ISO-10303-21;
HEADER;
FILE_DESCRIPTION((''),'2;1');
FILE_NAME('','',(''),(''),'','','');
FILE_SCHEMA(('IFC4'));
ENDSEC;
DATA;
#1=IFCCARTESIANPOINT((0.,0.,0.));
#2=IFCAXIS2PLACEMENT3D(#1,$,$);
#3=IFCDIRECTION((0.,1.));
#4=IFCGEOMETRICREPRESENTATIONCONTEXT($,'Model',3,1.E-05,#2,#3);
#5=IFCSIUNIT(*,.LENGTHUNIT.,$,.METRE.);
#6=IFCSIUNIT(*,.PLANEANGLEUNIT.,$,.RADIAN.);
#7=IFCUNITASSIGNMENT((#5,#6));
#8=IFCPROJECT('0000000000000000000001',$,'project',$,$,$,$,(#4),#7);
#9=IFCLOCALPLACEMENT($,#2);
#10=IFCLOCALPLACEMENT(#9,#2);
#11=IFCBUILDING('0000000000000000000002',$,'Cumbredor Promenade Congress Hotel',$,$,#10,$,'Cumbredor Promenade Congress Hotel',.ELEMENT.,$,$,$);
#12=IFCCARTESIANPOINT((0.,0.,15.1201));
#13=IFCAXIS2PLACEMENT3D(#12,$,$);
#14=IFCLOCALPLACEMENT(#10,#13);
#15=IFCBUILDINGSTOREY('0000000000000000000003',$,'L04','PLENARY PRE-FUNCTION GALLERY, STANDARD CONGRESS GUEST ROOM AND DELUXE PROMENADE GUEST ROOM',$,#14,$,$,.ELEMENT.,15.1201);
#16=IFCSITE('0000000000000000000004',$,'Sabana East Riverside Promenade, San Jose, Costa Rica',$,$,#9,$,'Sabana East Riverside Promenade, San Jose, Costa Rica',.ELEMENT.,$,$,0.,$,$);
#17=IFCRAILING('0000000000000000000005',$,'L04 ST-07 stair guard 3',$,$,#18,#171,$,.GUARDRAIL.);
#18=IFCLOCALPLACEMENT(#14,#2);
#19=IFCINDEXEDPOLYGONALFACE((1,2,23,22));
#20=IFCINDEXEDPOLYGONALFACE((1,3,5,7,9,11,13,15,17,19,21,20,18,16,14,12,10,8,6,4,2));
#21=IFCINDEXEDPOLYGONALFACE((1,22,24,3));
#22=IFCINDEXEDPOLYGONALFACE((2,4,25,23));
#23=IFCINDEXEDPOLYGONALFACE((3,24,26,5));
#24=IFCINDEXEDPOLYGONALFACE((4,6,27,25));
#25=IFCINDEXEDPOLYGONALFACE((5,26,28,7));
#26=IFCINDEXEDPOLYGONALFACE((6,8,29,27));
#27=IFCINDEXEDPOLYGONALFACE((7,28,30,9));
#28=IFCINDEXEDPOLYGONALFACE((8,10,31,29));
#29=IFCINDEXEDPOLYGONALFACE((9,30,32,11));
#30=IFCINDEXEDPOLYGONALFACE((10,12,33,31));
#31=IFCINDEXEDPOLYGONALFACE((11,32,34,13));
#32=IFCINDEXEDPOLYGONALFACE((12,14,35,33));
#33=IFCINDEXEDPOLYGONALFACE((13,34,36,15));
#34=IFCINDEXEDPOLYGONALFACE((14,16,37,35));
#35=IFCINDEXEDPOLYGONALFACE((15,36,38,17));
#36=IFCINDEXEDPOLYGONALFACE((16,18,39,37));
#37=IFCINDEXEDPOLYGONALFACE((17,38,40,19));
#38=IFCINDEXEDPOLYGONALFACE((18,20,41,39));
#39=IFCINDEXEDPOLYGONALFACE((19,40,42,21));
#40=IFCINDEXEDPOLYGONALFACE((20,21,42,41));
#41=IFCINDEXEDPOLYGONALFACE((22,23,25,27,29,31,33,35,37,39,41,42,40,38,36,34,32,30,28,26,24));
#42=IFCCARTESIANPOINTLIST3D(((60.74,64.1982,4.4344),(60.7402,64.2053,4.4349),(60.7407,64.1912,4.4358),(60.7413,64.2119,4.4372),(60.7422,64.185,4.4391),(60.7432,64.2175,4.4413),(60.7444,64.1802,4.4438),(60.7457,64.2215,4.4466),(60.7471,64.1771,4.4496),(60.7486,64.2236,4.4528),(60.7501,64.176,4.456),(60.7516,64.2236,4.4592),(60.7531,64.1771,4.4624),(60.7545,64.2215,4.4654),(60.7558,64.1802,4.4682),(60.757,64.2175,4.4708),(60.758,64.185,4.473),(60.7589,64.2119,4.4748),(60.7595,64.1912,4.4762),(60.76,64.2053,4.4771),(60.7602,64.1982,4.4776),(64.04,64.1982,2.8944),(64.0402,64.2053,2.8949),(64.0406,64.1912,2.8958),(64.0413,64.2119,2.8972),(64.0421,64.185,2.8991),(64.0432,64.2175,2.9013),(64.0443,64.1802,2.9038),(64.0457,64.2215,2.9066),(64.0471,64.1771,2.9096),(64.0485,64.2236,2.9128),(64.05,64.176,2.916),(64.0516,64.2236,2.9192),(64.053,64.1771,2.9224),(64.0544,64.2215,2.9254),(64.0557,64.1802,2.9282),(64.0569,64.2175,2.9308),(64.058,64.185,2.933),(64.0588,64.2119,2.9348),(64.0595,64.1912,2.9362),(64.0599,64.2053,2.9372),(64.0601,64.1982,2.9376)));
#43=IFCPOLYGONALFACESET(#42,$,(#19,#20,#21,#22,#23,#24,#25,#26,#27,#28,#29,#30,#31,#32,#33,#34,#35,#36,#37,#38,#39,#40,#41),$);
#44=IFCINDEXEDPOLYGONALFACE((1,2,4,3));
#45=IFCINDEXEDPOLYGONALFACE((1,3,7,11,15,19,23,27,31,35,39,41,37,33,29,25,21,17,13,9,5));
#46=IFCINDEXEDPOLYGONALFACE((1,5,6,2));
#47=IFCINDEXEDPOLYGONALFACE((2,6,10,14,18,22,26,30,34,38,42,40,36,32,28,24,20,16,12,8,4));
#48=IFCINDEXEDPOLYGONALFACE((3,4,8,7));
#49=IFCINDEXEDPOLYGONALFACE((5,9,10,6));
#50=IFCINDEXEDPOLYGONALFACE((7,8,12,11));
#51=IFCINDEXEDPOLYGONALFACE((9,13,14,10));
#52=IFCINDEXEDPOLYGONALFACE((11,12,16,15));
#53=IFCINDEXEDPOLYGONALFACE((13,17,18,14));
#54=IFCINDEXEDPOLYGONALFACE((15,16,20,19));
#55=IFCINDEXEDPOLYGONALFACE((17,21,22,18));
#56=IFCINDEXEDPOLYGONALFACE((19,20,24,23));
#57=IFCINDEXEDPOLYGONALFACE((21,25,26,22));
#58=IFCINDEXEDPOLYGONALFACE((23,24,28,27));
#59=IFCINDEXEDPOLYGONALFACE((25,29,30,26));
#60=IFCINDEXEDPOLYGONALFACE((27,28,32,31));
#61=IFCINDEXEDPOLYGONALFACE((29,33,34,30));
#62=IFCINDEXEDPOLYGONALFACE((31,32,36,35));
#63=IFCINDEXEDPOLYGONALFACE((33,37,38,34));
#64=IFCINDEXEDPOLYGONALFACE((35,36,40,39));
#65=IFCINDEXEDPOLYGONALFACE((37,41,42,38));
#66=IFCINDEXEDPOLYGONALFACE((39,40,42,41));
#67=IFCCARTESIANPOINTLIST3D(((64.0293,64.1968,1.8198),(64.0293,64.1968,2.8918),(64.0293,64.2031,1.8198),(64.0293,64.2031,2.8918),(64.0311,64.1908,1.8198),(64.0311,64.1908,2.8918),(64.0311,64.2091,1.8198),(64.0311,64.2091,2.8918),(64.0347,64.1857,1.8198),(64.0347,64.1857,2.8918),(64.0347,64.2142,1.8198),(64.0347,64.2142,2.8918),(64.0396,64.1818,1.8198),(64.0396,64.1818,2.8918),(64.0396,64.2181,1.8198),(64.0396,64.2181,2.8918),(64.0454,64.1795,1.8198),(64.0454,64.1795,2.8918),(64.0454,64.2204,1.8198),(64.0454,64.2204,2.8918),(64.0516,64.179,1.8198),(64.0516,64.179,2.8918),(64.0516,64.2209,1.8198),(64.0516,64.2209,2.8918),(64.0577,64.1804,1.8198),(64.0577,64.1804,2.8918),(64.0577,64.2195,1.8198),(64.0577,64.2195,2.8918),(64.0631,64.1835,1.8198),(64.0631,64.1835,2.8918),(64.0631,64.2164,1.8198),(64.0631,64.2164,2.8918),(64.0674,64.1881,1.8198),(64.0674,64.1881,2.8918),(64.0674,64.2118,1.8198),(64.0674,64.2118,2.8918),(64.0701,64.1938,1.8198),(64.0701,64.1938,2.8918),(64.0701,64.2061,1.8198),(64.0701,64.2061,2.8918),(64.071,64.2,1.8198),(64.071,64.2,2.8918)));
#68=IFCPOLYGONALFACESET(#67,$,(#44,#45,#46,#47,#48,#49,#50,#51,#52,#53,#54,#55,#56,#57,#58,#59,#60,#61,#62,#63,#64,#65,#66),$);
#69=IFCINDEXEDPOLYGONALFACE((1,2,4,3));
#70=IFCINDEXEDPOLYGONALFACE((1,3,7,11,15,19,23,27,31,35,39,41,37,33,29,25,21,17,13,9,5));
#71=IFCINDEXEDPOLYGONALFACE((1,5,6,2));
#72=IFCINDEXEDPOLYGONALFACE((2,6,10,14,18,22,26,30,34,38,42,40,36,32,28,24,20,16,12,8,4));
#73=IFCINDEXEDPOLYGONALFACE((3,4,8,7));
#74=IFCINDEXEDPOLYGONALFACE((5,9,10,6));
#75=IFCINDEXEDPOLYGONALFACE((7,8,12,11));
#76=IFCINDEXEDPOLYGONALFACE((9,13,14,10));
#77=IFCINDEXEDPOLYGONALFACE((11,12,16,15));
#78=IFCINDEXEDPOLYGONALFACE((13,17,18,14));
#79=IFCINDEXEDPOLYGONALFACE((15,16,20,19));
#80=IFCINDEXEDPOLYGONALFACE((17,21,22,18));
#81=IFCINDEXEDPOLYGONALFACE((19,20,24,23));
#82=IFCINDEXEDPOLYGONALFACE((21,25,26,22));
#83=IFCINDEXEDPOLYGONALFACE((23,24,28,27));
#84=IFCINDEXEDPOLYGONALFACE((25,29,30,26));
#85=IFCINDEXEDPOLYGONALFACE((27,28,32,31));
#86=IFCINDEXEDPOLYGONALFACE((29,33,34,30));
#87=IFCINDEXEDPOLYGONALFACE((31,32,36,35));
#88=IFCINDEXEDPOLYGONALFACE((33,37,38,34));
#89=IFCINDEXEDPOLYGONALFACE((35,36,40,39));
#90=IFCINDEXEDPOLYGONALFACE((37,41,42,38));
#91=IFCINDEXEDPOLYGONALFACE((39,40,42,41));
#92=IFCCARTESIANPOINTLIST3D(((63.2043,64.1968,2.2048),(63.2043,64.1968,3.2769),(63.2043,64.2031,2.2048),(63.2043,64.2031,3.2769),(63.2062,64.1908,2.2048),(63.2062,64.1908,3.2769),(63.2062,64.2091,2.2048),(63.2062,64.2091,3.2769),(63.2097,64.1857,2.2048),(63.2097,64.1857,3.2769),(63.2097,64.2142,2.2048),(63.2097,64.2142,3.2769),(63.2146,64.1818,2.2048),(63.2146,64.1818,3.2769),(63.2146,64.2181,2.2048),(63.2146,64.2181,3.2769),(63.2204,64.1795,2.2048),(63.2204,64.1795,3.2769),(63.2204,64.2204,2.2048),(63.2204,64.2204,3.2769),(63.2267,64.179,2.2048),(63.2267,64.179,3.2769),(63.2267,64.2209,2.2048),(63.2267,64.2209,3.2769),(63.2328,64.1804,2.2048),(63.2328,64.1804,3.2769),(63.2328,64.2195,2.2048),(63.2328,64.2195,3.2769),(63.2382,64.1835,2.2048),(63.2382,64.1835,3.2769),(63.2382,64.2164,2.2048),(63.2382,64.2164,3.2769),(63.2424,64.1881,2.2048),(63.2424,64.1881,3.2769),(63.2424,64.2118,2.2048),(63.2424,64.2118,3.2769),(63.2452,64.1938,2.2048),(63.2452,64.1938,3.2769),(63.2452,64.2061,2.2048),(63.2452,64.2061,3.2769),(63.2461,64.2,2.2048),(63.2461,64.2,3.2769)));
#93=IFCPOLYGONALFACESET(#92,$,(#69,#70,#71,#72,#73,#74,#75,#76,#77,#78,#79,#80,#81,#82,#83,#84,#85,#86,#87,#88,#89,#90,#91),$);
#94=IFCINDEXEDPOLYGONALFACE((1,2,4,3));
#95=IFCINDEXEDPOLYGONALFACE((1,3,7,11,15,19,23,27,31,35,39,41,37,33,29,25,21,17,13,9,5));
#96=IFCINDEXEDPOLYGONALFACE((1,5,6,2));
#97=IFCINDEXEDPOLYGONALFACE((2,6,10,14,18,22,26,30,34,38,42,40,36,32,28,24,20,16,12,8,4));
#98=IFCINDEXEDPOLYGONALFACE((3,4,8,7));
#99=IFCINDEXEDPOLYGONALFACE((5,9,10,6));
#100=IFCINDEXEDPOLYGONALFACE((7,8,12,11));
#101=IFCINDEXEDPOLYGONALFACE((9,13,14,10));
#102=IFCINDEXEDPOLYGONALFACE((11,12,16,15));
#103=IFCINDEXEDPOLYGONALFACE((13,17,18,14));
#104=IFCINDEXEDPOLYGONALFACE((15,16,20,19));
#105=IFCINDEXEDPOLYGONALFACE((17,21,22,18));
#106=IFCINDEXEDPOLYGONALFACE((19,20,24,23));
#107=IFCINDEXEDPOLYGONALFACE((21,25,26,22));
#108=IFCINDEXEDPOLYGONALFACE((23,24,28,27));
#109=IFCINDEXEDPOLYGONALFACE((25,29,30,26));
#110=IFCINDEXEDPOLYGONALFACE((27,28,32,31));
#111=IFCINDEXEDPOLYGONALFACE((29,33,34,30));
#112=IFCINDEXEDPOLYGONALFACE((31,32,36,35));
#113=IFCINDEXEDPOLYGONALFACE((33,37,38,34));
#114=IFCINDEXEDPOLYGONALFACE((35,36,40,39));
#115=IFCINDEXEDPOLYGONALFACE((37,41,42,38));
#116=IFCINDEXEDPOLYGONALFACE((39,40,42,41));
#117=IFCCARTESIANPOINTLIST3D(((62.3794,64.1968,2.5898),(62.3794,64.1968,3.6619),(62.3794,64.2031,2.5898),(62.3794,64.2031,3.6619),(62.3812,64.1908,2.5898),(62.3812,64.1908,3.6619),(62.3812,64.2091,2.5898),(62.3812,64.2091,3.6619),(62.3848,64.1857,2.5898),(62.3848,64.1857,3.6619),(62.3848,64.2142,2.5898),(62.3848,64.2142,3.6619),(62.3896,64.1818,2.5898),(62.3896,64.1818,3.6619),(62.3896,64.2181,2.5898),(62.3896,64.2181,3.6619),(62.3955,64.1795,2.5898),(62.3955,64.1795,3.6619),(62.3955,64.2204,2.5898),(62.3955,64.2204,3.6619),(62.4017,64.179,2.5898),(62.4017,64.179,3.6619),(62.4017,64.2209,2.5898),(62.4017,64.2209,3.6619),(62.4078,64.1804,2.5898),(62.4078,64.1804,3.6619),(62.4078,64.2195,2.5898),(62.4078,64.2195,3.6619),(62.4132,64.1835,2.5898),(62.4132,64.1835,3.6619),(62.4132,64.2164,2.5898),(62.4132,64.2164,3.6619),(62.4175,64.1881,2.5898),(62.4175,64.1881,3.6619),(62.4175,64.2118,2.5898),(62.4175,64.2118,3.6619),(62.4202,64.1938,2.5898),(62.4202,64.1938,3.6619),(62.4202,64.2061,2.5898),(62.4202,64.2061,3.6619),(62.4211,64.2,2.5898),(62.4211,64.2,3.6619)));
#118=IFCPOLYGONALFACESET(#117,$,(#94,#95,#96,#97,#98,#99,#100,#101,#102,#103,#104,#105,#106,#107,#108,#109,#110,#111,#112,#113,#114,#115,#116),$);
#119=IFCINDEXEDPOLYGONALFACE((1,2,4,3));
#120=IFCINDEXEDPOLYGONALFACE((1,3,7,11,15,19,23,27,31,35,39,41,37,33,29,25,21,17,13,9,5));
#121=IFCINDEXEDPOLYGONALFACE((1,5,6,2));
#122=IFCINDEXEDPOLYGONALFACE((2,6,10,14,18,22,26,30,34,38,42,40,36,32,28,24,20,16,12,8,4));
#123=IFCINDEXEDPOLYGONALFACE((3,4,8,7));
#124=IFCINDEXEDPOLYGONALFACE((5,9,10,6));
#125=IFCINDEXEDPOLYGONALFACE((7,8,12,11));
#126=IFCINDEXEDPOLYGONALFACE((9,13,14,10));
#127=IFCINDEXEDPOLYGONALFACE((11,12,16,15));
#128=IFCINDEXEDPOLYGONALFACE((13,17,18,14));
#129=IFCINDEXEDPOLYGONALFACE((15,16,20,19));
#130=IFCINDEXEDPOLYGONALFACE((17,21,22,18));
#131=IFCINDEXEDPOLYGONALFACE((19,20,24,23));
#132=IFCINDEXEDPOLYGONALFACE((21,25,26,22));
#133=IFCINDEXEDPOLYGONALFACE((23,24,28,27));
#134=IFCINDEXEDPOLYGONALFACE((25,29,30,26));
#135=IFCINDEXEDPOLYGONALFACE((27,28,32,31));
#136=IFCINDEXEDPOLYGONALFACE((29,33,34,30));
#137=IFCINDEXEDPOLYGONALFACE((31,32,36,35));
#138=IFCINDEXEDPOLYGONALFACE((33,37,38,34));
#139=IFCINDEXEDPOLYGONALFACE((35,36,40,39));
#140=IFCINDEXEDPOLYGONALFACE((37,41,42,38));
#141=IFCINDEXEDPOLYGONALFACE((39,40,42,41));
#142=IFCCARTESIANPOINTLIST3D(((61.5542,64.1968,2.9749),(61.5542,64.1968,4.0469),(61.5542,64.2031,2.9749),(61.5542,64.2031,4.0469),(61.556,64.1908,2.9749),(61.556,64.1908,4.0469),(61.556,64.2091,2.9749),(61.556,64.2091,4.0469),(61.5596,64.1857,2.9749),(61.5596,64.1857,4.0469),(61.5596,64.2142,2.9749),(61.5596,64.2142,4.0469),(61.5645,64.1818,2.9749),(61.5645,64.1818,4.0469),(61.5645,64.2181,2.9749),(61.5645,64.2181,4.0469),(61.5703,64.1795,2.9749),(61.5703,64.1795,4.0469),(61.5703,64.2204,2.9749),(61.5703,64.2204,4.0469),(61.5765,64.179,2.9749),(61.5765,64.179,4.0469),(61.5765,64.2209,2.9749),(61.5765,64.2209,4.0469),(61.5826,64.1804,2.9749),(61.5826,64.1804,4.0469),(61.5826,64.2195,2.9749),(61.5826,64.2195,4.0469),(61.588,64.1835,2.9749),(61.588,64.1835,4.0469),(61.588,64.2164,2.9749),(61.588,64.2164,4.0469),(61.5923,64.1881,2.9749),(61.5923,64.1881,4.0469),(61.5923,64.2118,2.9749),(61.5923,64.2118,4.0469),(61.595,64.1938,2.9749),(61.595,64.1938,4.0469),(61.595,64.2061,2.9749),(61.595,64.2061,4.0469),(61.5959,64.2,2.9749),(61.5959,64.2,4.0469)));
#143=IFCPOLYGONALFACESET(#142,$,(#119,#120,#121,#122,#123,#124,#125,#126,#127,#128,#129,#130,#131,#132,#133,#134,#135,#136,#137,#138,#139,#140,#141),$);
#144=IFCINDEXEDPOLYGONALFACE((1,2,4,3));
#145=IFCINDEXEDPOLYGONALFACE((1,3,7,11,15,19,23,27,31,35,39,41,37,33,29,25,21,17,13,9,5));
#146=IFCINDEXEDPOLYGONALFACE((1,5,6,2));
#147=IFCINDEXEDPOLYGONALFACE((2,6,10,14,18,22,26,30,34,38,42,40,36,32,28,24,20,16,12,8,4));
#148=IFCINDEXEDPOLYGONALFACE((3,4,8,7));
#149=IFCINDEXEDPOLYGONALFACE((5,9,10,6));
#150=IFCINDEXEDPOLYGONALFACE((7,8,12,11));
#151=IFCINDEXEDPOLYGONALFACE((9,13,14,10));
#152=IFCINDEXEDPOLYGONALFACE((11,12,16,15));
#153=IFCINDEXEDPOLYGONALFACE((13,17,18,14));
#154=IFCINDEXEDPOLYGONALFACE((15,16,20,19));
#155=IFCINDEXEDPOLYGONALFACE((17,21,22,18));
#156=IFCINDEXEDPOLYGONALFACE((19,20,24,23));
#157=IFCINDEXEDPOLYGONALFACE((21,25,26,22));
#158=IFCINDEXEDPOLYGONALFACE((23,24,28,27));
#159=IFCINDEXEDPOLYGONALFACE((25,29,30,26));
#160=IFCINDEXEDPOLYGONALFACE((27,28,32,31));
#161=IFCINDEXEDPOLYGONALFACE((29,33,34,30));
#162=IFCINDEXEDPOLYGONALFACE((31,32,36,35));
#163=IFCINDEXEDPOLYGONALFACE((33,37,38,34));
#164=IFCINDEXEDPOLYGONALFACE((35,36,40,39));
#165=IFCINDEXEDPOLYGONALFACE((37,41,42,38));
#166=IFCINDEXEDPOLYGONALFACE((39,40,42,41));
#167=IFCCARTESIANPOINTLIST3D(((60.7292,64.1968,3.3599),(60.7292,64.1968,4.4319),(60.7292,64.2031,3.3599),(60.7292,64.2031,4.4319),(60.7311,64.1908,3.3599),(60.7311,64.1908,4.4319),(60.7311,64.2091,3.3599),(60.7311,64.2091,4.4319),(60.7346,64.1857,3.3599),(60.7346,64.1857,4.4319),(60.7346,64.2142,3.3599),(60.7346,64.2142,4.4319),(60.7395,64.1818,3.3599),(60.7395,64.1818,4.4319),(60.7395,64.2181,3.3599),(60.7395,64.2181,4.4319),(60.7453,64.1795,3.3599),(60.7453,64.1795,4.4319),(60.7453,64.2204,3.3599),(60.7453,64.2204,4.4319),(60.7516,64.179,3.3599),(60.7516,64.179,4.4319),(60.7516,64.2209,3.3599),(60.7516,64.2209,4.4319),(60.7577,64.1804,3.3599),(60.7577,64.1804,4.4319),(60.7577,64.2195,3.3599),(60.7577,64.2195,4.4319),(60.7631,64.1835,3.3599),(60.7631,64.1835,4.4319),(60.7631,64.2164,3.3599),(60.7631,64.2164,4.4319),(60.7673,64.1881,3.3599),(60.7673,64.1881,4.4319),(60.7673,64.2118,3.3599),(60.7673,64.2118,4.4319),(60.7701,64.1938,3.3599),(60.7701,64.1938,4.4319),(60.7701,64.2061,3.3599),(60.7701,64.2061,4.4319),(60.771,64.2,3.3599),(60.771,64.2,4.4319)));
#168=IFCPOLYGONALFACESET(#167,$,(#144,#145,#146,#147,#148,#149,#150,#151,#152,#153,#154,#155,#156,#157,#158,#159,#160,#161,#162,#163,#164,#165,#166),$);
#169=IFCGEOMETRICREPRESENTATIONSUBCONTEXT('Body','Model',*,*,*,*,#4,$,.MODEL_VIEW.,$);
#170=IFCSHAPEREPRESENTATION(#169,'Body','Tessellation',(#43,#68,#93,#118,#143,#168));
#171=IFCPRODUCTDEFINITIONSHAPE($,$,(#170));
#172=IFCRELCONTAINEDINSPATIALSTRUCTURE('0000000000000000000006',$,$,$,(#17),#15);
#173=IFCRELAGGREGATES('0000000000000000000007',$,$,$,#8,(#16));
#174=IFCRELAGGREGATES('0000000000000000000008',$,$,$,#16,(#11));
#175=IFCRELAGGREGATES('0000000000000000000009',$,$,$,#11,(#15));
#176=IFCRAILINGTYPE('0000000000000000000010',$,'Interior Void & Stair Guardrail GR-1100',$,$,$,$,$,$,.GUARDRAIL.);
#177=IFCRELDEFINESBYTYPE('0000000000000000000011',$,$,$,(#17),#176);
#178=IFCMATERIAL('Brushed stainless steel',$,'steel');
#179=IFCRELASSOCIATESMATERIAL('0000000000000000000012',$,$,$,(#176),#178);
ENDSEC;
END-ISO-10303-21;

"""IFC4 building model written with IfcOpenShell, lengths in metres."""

from ifc_helpers import new_model, si_unit, direction, frame, origin, origin_2d, place, context, subcontext, project, spatial, circle, extrude, material, type_object, element, save


model = new_model("IFC4")

# Units and contexts
model_context = context("Model", 3, precision=1e-05, world=origin(), true_north=direction((0.0, 1.0)))
body_context = subcontext(model_context, "Body", "Model", "MODEL_VIEW")
ifc_project = project(units=[si_unit("LENGTHUNIT", "METRE"), si_unit("PLANEANGLEUNIT", "RADIAN")], contexts=[model_context])

# Site, building, storey
site_placement = place(None, origin())
site = spatial("IfcSite", under=ifc_project, at=site_placement, Name="Sabana East Riverside Promenade, San Jose, Costa Rica", LongName="Sabana East Riverside Promenade, San Jose, Costa Rica", CompositionType="ELEMENT", RefElevation=0.0)
building_placement = place(site_placement, origin())
building = spatial("IfcBuilding", under=site, at=building_placement, Name="Cumbredor Promenade Congress Hotel", LongName="Cumbredor Promenade Congress Hotel", CompositionType="ELEMENT")
storey_placement = place(building_placement, frame((0.0, 0.0, 15.1201)))
storey = spatial("IfcBuildingStorey", under=building, at=storey_placement, Name="L04", Description="PLENARY PRE-FUNCTION GALLERY, STANDARD CONGRESS GUEST ROOM AND DELUXE PROMENADE GUEST ROOM", CompositionType="ELEMENT", Elevation=15.1201)

# Railing
ifc_material_1 = material(Name="Brushed stainless steel", Category="steel")
railing_type_1 = type_object("IfcRailingType", Name="Interior Void & Stair Guardrail GR-1100", PredefinedType="GUARDRAIL", material=ifc_material_1)
railing_1_placement = place(storey_placement, frame((64.05, 64.2, 1.8198)))
element("IfcRailing", 1, at=railing_1_placement, inside=storey, type_object=railing_type_1, Name="L04 ST-07 stair guard 3", PredefinedType="GUARDRAIL", context=body_context, shape_type="SweptSolid", body=[
    extrude(circle(Radius=0.0239, at=origin_2d()), frame((0.0, 0.0, 1.0962), z_axis=(-0.906181, 0.0, 0.422889), x_axis=(0.0, -1.0, 0.0)), (0.0, 0.0, 1.0), 3.6416),
    extrude(circle(Radius=0.021, at=origin_2d()), origin(), (0.0, 0.0, 1.0), 1.072),
    extrude(circle(Radius=0.021, at=origin_2d()), frame((-0.825, 0.0, 0.385)), (0.0, 0.0, 1.0), 1.072),
    extrude(circle(Radius=0.021, at=origin_2d()), frame((-1.6499, 0.0, 0.77)), (0.0, 0.0, 1.0), 1.072),
    extrude(circle(Radius=0.021, at=origin_2d()), frame((-2.4751, 0.0, 1.155)), (0.0, 0.0, 1.0), 1.072),
    extrude(circle(Radius=0.021, at=origin_2d()), frame((-3.3, 0.0, 1.54)), (0.0, 0.0, 1.0), 1.072),
])

save(model, "model.ifc")
